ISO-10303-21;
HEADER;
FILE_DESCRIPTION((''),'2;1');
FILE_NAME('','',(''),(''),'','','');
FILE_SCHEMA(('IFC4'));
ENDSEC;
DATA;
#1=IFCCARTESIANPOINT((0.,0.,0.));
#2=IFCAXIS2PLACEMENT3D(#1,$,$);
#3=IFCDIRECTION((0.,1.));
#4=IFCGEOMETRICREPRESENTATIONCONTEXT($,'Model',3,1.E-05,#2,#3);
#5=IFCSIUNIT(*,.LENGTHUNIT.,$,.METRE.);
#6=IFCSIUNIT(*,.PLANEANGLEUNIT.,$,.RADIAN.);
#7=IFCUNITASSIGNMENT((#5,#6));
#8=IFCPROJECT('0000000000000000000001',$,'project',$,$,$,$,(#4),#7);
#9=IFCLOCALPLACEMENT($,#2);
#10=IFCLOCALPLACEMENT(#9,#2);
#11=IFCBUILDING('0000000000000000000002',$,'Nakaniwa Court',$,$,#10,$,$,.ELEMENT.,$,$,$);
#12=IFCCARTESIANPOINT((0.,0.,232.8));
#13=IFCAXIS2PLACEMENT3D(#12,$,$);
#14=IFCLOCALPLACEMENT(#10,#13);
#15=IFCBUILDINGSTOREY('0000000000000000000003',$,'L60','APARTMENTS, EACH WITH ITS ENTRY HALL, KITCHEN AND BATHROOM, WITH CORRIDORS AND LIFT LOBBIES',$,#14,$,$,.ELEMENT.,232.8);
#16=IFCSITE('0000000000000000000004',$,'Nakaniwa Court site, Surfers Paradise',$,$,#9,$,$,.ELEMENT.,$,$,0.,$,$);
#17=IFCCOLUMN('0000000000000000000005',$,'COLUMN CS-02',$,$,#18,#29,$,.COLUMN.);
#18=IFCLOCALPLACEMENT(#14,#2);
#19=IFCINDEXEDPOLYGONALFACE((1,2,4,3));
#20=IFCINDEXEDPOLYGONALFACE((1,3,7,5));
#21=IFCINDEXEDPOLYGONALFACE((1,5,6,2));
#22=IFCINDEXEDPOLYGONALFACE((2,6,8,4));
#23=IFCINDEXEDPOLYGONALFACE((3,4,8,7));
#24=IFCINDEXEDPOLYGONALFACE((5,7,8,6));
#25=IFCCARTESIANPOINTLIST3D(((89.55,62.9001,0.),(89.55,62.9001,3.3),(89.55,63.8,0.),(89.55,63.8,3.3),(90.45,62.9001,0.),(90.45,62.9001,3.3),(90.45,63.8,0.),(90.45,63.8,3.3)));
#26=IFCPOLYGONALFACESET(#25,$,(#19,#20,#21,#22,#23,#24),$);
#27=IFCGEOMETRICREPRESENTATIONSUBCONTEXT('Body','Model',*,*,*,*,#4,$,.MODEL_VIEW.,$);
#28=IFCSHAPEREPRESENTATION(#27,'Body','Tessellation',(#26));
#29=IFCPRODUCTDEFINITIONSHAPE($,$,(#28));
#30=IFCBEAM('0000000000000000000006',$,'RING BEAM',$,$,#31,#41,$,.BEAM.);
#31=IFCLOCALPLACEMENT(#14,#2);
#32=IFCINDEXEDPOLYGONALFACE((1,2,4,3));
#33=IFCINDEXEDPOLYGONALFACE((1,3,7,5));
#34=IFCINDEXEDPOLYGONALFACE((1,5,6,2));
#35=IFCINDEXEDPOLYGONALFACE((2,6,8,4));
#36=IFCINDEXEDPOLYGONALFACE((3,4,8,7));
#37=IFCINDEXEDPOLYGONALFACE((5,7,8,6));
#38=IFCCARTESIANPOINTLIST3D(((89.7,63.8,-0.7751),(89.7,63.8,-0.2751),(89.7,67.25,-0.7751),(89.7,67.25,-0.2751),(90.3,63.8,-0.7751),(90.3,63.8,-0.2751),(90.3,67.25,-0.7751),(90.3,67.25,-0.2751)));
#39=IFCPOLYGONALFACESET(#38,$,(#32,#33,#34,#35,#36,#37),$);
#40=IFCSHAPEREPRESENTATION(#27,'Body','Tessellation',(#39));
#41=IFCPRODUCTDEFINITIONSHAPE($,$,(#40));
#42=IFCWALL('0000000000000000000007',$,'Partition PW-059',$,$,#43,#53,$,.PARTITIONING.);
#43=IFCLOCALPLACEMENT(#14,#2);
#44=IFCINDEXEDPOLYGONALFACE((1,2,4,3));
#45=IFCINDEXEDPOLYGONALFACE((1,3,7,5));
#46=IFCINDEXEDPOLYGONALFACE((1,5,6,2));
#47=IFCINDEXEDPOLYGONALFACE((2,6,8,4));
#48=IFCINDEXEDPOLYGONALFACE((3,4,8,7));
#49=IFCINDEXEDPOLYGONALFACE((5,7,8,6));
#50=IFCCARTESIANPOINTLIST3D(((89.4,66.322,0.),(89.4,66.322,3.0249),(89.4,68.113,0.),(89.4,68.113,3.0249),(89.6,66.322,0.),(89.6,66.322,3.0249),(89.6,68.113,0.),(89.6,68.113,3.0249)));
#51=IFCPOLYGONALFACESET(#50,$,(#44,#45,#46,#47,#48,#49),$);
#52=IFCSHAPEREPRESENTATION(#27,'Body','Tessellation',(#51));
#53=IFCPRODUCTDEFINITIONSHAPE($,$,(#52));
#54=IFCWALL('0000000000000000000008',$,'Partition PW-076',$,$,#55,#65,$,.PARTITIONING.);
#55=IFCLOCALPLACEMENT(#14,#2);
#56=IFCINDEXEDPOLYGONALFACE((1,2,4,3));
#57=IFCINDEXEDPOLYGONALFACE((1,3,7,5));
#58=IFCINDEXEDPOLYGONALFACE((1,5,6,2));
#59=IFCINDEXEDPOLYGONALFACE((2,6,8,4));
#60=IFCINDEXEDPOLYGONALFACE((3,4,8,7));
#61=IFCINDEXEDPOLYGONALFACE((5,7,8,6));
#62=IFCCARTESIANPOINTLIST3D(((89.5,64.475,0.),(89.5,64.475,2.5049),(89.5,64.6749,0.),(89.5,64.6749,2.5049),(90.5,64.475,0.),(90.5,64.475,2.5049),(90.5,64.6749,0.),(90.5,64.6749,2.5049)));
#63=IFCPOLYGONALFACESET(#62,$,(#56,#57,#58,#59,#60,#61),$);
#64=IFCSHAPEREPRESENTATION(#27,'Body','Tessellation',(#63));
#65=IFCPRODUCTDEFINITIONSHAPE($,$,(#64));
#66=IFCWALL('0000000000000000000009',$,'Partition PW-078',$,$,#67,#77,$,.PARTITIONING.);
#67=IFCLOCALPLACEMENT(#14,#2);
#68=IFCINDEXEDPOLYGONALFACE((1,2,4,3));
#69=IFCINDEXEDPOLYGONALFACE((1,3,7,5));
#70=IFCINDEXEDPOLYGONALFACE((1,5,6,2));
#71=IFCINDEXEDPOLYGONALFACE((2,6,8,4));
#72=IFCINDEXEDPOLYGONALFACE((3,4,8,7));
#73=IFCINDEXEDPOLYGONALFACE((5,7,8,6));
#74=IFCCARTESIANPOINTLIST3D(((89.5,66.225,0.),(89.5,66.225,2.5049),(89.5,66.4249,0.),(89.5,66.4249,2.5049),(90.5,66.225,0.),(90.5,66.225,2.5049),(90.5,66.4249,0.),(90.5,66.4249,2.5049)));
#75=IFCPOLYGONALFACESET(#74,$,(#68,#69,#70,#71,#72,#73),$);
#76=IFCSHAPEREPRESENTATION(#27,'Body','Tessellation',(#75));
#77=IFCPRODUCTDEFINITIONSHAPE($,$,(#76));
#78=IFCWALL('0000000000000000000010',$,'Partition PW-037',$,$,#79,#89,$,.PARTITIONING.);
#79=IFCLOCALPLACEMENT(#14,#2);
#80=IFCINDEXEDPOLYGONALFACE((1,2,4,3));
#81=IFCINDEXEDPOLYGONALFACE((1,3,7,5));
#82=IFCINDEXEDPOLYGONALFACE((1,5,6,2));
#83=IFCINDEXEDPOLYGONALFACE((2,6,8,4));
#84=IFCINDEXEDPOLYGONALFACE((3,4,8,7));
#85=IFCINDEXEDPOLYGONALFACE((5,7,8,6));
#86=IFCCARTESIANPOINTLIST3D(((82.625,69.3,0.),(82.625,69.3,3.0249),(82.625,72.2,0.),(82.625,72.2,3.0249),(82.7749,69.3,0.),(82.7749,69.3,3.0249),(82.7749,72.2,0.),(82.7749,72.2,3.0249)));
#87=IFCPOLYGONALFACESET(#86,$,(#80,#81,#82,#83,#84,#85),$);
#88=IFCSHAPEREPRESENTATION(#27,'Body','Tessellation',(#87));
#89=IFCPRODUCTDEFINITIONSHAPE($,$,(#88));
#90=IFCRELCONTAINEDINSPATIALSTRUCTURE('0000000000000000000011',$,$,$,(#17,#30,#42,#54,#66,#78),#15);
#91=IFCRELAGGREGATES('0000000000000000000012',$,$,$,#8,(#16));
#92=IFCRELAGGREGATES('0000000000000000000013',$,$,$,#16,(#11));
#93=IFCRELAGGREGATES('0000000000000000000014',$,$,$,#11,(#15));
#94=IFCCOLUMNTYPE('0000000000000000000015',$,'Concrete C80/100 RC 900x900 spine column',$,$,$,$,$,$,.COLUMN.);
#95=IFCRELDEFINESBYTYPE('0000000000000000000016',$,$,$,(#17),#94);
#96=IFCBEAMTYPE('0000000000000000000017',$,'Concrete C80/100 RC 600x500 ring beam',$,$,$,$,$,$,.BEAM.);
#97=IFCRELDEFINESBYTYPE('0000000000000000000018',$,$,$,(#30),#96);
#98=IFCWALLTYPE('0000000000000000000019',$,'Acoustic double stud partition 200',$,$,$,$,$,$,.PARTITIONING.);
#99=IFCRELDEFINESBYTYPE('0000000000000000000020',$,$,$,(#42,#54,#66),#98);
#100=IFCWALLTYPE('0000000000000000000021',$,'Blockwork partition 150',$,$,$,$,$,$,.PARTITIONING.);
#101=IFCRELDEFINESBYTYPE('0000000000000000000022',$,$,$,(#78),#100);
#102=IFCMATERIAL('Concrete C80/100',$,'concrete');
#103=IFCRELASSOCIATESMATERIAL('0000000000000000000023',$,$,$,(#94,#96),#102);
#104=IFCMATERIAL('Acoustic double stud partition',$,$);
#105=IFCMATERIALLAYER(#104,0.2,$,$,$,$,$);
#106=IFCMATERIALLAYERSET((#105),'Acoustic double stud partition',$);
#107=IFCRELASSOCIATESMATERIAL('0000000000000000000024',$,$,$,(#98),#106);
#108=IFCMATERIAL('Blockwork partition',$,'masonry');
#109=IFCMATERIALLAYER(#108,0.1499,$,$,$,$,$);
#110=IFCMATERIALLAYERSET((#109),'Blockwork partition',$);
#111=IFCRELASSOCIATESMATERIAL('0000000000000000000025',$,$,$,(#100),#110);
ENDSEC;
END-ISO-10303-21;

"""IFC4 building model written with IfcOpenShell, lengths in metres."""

from ifc_helpers import new_model, si_unit, direction, frame, frame_2d, origin, origin_2d, place, context, subcontext, project, spatial, rectangle, extrude, material, layer, layer_set, material_profile, profile_set, type_object, element, save


model = new_model("IFC4")

# Units and contexts
model_context = context("Model", 3, precision=1e-05, world=origin(), true_north=direction((0.0, 1.0)))
body_context = subcontext(model_context, "Body", "Model", "MODEL_VIEW")
ifc_project = project(units=[si_unit("LENGTHUNIT", "METRE"), si_unit("PLANEANGLEUNIT", "RADIAN")], contexts=[model_context])

# Site, building, storey
site_placement = place(None, origin())
site = spatial("IfcSite", under=ifc_project, at=site_placement, Name="Nakaniwa Court site, Surfers Paradise", CompositionType="ELEMENT", RefElevation=0.0)
building_placement = place(site_placement, origin())
building = spatial("IfcBuilding", under=site, at=building_placement, Name="Nakaniwa Court", CompositionType="ELEMENT")
storey_placement = place(building_placement, frame((0.0, 0.0, 232.8)))
storey = spatial("IfcBuildingStorey", under=building, at=storey_placement, Name="L60", Description="APARTMENTS, EACH WITH ITS ENTRY HALL, KITCHEN AND BATHROOM, WITH CORRIDORS AND LIFT LOBBIES", CompositionType="ELEMENT", Elevation=232.8)

# Column
ifc_material_1 = material(Name="Concrete C80/100", Category="concrete")
ifc_material_profile_1 = material_profile(ifc_material_1, rectangle(XDim=0.8999, YDim=0.8999, at=origin_2d()), Name="Concrete C80/100 RC 900x900 spine column")
ifc_profile_set_1 = profile_set([ifc_material_profile_1], Name="Concrete C80/100")
column_type = type_object("IfcColumnType", Name="Concrete C80/100 RC 900x900 spine column", PredefinedType="COLUMN", material=ifc_profile_set_1)
column_placement = place(storey_placement, frame((90.0, 63.3501, 0.0), z_axis=(0.0, 0.0, 1.0), x_axis=(0.0, 1.0, 0.0)))
element("IfcColumn", 1, at=column_placement, inside=storey, type_object=column_type, Name="COLUMN CS-02", PredefinedType="COLUMN", context=body_context, shape_type="SweptSolid", body=[
    extrude(rectangle(XDim=0.8999, YDim=0.8999, at=origin_2d()), origin(), (0.0, 0.0, 1.0), 3.3),
])

# Beam
ifc_material_profile_2 = material_profile(ifc_material_1, rectangle(XDim=0.6001, YDim=0.5, at=origin_2d()), Name="Concrete C80/100 RC 600x500 ring beam")
ifc_profile_set_2 = profile_set([ifc_material_profile_2], Name="Concrete C80/100")
beam_type = type_object("IfcBeamType", Name="Concrete C80/100 RC 600x500 ring beam", PredefinedType="BEAM", material=ifc_profile_set_2)
beam_placement = place(storey_placement, frame((90.0, 63.8, -0.5251), z_axis=(0.0, 1.0, 0.0), x_axis=(-1.0, 0.0, 0.0)))
element("IfcBeam", 2, at=beam_placement, inside=storey, type_object=beam_type, Name="RING BEAM", PredefinedType="BEAM", context=body_context, shape_type="SweptSolid", body=[
    extrude(rectangle(XDim=0.6001, YDim=0.5, at=origin_2d()), origin(), (0.0, 0.0, 1.0), 3.45),
])

# Walls
ifc_material_2 = material(Name="Acoustic double stud partition")
ifc_layer_1 = layer(ifc_material_2, 0.2)
ifc_layer_set_1 = layer_set([ifc_layer_1], Name="Acoustic double stud partition")
wall_type_1 = type_object("IfcWallType", Name="Acoustic double stud partition 200", PredefinedType="PARTITIONING", material=ifc_layer_set_1)
wall_1_placement = place(storey_placement, frame((89.5, 66.322, 0.0), z_axis=(0.0, 0.0, 1.0), x_axis=(0.0, 1.0, 0.0)))
element("IfcWall", 3, at=wall_1_placement, inside=storey, type_object=wall_type_1, Name="Partition PW-059", PredefinedType="PARTITIONING", context=body_context, shape_type="SweptSolid", body=[
    extrude(rectangle(XDim=1.791, YDim=0.2, at=frame_2d((0.8955, 0.0))), origin(), (0.0, 0.0, 1.0), 3.0249),
])
for number, where, z_axis, x_axis, name in (
    (4, (89.5, 64.575, 0.0), (0.0, 0.0, 1.0), (1.0, 0.0, 0.0), "Partition PW-076"),
    (5, (89.5, 66.325, 0.0), (0.0, 0.0, 1.0), (1.0, 0.0, 0.0), "Partition PW-078"),
):
    element("IfcWall", number, at=place(storey_placement, frame(where, z_axis=z_axis, x_axis=x_axis)), inside=storey, type_object=wall_type_1, Name=name, PredefinedType="PARTITIONING", context=body_context, shape_type="SweptSolid", body=[
        extrude(rectangle(XDim=1.0, YDim=0.2, at=frame_2d((0.5, 0.0))), origin(), (0.0, 0.0, 1.0), 2.5049),
    ])
ifc_material_3 = material(Name="Blockwork partition", Category="masonry")
ifc_layer_2 = layer(ifc_material_3, 0.1499)
ifc_layer_set_2 = layer_set([ifc_layer_2], Name="Blockwork partition")
wall_type_2 = type_object("IfcWallType", Name="Blockwork partition 150", PredefinedType="PARTITIONING", material=ifc_layer_set_2)
wall_2_placement = place(storey_placement, frame((82.7, 69.3, 0.0), z_axis=(0.0, 0.0, 1.0), x_axis=(0.0, 1.0, 0.0)))
element("IfcWall", 6, at=wall_2_placement, inside=storey, type_object=wall_type_2, Name="Partition PW-037", PredefinedType="PARTITIONING", context=body_context, shape_type="SweptSolid", body=[
    extrude(rectangle(XDim=2.8999, YDim=0.1499, at=frame_2d((1.45, 0.0))), origin(), (0.0, 0.0, 1.0), 3.0249),
])

save(model, "model.ifc")
